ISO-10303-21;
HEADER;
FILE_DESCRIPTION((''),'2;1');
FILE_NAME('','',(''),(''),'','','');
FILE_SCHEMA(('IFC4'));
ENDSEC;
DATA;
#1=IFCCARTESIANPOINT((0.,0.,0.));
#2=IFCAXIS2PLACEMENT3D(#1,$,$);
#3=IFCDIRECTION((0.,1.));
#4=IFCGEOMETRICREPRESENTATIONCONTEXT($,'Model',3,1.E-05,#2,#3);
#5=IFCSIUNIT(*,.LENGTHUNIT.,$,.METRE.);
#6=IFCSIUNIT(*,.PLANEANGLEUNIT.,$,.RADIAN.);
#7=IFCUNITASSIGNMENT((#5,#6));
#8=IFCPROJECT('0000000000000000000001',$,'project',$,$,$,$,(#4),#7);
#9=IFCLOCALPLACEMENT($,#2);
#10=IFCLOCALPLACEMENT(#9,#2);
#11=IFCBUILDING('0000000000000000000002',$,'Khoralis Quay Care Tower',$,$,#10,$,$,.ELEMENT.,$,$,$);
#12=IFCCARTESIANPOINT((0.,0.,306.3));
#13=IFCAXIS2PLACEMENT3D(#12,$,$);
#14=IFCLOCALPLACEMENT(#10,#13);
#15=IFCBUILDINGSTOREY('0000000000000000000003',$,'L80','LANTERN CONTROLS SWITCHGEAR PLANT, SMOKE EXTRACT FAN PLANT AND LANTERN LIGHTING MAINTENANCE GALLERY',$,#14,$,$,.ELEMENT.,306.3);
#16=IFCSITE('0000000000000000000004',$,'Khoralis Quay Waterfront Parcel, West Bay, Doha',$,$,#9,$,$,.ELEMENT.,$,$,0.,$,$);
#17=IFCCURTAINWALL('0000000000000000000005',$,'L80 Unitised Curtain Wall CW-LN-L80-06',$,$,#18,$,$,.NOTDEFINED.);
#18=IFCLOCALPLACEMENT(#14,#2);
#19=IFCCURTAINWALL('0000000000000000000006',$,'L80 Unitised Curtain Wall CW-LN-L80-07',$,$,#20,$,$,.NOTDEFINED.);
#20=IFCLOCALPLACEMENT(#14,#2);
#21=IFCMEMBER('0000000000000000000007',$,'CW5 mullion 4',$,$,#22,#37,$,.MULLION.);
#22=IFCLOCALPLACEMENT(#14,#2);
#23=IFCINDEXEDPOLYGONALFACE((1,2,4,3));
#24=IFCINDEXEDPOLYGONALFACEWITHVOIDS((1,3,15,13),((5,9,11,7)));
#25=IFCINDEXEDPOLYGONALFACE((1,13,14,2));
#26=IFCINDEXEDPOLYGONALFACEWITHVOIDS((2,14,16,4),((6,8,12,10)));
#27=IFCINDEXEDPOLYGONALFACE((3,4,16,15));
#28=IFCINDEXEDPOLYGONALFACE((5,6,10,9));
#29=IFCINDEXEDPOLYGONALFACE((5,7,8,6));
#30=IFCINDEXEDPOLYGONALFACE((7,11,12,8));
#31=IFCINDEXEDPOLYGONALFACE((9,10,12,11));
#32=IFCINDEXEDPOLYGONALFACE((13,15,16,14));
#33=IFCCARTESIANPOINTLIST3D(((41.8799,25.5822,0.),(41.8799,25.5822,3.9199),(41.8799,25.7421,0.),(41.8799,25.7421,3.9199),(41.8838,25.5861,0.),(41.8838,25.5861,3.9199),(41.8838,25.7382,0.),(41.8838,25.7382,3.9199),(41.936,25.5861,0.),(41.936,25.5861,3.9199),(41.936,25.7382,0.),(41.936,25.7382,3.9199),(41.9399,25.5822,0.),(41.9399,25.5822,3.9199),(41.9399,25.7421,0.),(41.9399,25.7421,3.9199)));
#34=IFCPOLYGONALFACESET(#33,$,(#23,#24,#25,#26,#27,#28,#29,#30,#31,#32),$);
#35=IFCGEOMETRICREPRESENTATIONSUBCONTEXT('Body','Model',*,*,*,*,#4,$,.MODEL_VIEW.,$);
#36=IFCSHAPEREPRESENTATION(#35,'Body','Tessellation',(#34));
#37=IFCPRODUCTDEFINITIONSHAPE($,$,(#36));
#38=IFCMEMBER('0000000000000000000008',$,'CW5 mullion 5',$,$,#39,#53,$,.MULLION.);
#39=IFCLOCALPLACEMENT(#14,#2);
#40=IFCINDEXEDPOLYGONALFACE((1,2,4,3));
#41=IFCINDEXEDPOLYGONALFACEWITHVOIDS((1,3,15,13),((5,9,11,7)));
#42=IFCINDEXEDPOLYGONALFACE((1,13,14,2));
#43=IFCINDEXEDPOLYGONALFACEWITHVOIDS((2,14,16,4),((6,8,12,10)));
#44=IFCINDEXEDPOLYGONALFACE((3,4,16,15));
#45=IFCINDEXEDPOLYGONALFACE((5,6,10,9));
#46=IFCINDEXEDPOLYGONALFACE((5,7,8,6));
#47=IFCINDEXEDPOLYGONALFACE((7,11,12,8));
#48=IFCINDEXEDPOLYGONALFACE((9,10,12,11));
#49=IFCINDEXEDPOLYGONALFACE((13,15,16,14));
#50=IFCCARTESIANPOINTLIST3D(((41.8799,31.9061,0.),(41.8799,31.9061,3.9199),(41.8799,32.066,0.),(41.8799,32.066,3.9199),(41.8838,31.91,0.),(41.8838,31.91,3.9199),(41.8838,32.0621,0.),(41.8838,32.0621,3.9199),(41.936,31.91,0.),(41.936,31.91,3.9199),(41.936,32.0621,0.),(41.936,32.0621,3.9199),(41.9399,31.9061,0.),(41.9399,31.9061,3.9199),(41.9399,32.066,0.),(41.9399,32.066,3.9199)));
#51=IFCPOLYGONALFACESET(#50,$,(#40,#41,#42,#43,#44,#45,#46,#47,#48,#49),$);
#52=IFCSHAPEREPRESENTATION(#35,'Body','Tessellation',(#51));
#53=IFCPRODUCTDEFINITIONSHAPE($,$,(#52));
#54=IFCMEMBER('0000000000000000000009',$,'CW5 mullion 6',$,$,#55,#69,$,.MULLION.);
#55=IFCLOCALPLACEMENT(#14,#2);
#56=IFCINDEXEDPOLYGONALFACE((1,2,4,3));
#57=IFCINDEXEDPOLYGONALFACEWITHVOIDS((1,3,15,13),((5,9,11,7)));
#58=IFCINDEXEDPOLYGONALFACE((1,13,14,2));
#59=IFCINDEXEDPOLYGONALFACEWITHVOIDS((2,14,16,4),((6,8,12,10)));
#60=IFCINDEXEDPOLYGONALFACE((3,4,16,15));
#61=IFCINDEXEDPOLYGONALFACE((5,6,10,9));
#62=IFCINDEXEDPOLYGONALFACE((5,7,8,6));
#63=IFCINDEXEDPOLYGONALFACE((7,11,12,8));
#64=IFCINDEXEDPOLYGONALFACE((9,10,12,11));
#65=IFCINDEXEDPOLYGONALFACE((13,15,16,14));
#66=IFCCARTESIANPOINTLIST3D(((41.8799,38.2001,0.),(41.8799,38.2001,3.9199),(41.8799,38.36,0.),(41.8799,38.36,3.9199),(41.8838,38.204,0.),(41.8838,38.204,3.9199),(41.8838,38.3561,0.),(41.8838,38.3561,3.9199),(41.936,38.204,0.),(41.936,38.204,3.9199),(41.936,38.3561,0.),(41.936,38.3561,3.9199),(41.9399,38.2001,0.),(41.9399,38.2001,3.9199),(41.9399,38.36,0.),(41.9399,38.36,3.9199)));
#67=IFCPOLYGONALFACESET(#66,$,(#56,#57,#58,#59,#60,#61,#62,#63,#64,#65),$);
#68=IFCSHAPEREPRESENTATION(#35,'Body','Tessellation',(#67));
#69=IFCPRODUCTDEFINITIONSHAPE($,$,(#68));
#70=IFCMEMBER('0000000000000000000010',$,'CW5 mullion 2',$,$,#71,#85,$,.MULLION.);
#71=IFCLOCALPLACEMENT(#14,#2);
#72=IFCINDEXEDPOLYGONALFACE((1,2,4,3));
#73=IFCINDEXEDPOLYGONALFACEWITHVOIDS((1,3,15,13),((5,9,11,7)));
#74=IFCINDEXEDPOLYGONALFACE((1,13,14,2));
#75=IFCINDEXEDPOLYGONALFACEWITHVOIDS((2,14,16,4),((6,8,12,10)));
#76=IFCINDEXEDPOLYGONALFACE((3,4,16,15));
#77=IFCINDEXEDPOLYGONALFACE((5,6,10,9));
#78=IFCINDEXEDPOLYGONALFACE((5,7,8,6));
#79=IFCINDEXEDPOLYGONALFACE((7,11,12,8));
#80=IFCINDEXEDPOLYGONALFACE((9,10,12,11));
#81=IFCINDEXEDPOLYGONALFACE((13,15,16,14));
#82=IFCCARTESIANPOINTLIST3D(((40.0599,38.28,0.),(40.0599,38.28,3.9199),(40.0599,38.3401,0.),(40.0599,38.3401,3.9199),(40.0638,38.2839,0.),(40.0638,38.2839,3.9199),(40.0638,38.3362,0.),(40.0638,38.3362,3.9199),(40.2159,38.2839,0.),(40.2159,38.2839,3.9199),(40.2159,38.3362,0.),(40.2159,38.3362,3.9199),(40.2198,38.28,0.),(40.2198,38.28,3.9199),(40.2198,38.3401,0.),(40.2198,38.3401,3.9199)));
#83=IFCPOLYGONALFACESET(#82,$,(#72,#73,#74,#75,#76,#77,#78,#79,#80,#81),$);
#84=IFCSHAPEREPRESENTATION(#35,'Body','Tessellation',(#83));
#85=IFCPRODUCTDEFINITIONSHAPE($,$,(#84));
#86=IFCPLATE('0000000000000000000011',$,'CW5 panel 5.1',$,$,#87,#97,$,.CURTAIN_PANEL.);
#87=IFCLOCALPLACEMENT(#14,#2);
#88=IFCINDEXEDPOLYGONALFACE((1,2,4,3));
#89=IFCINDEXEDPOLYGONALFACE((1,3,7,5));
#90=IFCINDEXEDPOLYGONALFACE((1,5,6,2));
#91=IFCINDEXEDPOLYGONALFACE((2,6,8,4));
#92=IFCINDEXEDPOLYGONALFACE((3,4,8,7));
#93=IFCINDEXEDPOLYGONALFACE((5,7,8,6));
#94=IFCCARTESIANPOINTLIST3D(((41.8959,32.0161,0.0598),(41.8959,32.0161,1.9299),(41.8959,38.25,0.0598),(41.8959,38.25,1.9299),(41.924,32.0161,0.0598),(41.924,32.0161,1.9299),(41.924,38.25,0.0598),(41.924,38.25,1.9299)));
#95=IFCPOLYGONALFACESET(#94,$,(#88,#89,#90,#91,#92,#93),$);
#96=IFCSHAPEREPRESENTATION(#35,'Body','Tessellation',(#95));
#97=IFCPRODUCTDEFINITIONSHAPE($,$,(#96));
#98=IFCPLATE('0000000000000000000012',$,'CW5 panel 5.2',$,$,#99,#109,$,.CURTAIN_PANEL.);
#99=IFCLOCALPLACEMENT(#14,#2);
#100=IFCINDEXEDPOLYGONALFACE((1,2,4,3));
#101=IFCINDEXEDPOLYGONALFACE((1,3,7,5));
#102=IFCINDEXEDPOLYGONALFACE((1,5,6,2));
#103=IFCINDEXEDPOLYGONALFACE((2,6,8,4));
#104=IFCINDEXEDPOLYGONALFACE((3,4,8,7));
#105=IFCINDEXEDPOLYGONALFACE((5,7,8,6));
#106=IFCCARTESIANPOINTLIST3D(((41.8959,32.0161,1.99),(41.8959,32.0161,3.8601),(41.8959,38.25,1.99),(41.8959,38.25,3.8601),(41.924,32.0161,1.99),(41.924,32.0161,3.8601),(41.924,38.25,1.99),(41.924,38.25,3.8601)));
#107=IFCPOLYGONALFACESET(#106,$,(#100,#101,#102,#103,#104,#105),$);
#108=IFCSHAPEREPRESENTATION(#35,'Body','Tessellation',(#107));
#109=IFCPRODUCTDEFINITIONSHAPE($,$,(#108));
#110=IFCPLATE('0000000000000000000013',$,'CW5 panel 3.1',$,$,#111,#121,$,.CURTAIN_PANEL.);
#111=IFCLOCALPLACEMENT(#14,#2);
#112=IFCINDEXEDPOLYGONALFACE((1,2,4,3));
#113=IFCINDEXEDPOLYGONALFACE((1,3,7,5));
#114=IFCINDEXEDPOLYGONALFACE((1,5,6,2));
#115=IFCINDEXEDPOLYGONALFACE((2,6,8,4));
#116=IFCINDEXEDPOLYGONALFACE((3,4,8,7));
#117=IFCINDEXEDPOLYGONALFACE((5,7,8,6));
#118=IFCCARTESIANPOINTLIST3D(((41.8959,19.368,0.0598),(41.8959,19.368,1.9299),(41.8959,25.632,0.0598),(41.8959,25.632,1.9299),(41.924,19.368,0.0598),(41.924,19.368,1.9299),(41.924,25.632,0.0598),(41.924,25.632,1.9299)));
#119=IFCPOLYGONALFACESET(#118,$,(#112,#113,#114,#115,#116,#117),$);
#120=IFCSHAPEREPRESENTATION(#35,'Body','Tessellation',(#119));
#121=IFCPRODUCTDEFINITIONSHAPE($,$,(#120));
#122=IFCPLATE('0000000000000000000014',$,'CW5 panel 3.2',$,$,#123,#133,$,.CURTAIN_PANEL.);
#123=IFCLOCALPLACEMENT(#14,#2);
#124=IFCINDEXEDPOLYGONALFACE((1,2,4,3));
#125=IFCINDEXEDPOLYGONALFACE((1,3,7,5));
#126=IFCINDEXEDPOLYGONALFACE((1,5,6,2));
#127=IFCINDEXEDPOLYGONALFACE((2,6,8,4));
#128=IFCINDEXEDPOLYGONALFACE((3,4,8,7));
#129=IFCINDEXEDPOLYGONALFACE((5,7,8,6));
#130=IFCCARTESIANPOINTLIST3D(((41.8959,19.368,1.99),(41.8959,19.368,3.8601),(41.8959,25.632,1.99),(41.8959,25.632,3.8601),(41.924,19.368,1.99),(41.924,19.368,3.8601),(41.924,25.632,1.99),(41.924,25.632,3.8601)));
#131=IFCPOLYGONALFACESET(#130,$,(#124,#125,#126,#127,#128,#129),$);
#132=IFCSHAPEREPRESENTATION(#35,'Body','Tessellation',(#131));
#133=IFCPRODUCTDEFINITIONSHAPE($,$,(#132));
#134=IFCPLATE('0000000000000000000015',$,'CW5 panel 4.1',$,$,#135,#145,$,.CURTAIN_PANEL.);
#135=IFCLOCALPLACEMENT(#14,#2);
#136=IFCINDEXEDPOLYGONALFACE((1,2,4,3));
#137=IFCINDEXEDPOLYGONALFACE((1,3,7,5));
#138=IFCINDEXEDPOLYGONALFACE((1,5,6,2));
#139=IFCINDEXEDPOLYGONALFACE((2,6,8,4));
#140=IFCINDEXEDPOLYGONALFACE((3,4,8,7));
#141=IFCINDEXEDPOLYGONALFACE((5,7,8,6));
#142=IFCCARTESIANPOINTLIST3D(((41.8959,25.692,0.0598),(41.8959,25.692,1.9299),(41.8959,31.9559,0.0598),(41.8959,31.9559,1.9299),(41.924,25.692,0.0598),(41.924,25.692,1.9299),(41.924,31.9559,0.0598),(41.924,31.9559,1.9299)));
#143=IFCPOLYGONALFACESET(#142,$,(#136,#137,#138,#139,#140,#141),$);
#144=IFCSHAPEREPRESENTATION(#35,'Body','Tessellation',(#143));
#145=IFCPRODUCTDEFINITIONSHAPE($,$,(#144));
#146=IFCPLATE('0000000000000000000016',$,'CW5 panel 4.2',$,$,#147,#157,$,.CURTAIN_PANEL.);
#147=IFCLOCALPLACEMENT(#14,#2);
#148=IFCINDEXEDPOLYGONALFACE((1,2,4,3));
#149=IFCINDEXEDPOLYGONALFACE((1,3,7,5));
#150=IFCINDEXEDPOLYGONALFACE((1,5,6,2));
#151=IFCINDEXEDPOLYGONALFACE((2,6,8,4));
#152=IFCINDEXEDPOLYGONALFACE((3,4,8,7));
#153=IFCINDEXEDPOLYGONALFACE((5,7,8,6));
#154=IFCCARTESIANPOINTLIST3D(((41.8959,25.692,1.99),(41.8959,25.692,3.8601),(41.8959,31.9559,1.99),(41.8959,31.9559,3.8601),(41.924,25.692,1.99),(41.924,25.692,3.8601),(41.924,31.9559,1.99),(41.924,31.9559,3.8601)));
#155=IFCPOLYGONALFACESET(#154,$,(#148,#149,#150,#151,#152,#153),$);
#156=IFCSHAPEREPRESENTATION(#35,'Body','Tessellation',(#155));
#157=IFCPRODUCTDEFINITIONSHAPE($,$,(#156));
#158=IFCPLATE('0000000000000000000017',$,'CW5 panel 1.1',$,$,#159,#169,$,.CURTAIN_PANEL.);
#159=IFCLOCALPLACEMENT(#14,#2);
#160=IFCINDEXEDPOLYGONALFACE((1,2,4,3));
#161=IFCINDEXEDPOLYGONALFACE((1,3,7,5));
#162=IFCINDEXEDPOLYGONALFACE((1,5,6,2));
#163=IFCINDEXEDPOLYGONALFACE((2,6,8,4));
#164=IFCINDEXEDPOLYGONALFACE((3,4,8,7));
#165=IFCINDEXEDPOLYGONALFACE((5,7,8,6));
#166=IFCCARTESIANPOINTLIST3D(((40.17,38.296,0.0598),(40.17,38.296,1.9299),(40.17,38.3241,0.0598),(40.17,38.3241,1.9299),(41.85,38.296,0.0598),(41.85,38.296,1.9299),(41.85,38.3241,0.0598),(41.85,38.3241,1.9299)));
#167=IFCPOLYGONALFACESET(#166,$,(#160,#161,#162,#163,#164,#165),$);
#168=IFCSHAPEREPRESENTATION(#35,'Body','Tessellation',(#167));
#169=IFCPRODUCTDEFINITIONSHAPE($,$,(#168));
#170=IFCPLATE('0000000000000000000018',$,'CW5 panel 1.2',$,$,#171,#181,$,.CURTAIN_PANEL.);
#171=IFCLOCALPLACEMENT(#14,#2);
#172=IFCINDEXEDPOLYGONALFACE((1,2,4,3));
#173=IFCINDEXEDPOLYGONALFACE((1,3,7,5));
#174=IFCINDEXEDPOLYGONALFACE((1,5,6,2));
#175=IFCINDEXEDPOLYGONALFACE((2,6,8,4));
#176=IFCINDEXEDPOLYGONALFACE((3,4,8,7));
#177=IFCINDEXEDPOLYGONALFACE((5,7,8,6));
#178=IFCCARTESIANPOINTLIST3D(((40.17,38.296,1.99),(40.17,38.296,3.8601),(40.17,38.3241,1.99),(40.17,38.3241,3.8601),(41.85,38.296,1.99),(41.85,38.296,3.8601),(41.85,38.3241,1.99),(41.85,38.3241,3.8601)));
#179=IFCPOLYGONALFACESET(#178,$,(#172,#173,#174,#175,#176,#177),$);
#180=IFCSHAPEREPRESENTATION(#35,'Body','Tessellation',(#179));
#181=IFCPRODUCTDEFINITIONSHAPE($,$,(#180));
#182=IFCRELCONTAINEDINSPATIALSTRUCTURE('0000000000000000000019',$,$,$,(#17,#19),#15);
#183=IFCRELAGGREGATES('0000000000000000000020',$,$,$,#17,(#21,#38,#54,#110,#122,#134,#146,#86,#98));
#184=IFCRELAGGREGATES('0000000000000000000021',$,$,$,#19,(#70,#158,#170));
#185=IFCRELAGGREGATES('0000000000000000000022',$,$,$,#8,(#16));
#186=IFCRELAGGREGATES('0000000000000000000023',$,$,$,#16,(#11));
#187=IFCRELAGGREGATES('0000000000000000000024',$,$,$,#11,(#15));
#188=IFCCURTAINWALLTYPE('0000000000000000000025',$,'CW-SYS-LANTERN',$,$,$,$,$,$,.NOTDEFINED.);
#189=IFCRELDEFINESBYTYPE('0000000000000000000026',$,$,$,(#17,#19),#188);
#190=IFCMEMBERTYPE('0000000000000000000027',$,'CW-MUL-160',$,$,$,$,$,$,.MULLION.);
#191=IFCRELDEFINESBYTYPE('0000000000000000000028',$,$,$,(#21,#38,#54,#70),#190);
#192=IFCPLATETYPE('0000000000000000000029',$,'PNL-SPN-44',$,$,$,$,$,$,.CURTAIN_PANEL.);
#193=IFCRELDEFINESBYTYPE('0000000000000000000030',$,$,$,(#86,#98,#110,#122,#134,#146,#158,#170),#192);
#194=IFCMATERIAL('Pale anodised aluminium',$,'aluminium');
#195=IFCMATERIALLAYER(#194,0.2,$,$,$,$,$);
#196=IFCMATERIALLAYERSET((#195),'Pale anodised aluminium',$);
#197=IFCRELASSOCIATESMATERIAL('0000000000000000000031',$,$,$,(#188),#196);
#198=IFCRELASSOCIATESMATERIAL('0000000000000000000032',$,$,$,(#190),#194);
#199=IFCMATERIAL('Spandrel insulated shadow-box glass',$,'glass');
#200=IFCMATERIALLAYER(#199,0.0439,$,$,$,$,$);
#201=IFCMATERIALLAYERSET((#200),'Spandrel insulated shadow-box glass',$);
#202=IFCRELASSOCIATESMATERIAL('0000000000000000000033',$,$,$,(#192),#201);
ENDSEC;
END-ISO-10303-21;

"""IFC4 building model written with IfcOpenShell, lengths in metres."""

from ifc_helpers import new_model, si_unit, direction, frame, origin, origin_2d, place, context, subcontext, project, spatial, rectangle, hollow_rectangle, extrude, source, transform, mapped, material, layer, layer_set, material_profile, profile_set, type_object, element, aggregate, save


model = new_model("IFC4")

# Units and contexts
model_context = context("Model", 3, precision=1e-05, world=origin(), true_north=direction((0.0, 1.0)))
body_context = subcontext(model_context, "Body", "Model", "MODEL_VIEW")
ifc_project = project(units=[si_unit("LENGTHUNIT", "METRE"), si_unit("PLANEANGLEUNIT", "RADIAN")], contexts=[model_context])

# Site, building, storey
site_placement = place(None, origin())
site = spatial("IfcSite", under=ifc_project, at=site_placement, Name="Khoralis Quay Waterfront Parcel, West Bay, Doha", CompositionType="ELEMENT", RefElevation=0.0)
building_placement = place(site_placement, origin())
building = spatial("IfcBuilding", under=site, at=building_placement, Name="Khoralis Quay Care Tower", CompositionType="ELEMENT")
storey_placement = place(building_placement, frame((0.0, 0.0, 306.3)))
storey = spatial("IfcBuildingStorey", under=building, at=storey_placement, Name="L80", Description="LANTERN CONTROLS SWITCHGEAR PLANT, SMOKE EXTRACT FAN PLANT AND LANTERN LIGHTING MAINTENANCE GALLERY", CompositionType="ELEMENT", Elevation=306.3)

# Curtain wall
ifc_material_1 = material(Name="Pale anodised aluminium", Category="aluminium")
ifc_layer_1 = layer(ifc_material_1, 0.2)
ifc_layer_set_1 = layer_set([ifc_layer_1], Name="Pale anodised aluminium")
curtain_wall_type = type_object("IfcCurtainWallType", Name="CW-SYS-LANTERN", PredefinedType="NOTDEFINED", material=ifc_layer_set_1)
curtain_wall_1_placement = place(storey_placement, origin())
curtain_wall_1 = element("IfcCurtainWall", 1, at=curtain_wall_1_placement, inside=storey, type_object=curtain_wall_type, Name="L80 Unitised Curtain Wall CW-LN-L80-06", PredefinedType="NOTDEFINED")

# Curtain wall
curtain_wall_2_placement = place(storey_placement, origin())
curtain_wall_2 = element("IfcCurtainWall", 2, at=curtain_wall_2_placement, inside=storey, type_object=curtain_wall_type, Name="L80 Unitised Curtain Wall CW-LN-L80-07", PredefinedType="NOTDEFINED")

# Members
ifc_material_profile_1 = material_profile(ifc_material_1, hollow_rectangle(XDim=0.0601, YDim=0.1599, WallThickness=0.0039, at=origin_2d()), Name="Pale anodised aluminium")
ifc_profile_set_1 = profile_set([ifc_material_profile_1], Name="Pale anodised aluminium")
member_type_1 = type_object("IfcMemberType", Name="CW-MUL-160", PredefinedType="MULLION", material=ifc_profile_set_1)
shared_shape_1 = source(origin(), body_context, "Body", "SweptSolid", [
    extrude(hollow_rectangle(XDim=0.0601, YDim=0.1599, WallThickness=0.0039, at=origin_2d()), origin(), (0.0, 0.0, 1.0), 3.9199),
])
member_1_placement = place(storey_placement, frame((41.9099, 25.6621, 0.0), z_axis=(0.0, 0.0, 1.0), x_axis=(-1.0, 0.0, 0.0)))
member_1 = element("IfcMember", 3, at=member_1_placement, type_object=member_type_1, Name="CW5 mullion 4", PredefinedType="MULLION", context=body_context, shape_type="MappedRepresentation", body=[
    mapped(shared_shape_1, transform((0.0, 0.0, 0.0), scale=1.0)),
])
member_2_placement = place(storey_placement, frame((41.9099, 31.9861, 0.0), z_axis=(0.0, 0.0, 1.0), x_axis=(-1.0, 0.0, 0.0)))
member_2 = element("IfcMember", 4, at=member_2_placement, type_object=member_type_1, Name="CW5 mullion 5", PredefinedType="MULLION", context=body_context, shape_type="MappedRepresentation", body=[
    mapped(shared_shape_1, transform((0.0, 0.0, 0.0), scale=1.0)),
])
member_3_placement = place(storey_placement, frame((41.9099, 38.28, 0.0), z_axis=(0.0, 0.0, 1.0), x_axis=(-1.0, 0.0, 0.0)))
member_3 = element("IfcMember", 5, at=member_3_placement, type_object=member_type_1, Name="CW5 mullion 6", PredefinedType="MULLION", context=body_context, shape_type="MappedRepresentation", body=[
    mapped(shared_shape_1, transform((0.0, 0.0, 0.0), scale=1.0)),
])
member_4_placement = place(storey_placement, frame((40.1399, 38.3101, 0.0), z_axis=(0.0, 0.0, 1.0), x_axis=(0.0, -1.0, 0.0)))
member_4 = element("IfcMember", 6, at=member_4_placement, type_object=member_type_1, Name="CW5 mullion 2", PredefinedType="MULLION", context=body_context, shape_type="MappedRepresentation", body=[
    mapped(shared_shape_1, transform((0.0, 0.0, 0.0), scale=1.0)),
])

# Plates
ifc_material_2 = material(Name="Spandrel insulated shadow-box glass", Category="glass")
ifc_layer_2 = layer(ifc_material_2, 0.0439)
ifc_layer_set_2 = layer_set([ifc_layer_2], Name="Spandrel insulated shadow-box glass")
plate_type = type_object("IfcPlateType", Name="PNL-SPN-44", PredefinedType="CURTAIN_PANEL", material=ifc_layer_set_2)
shared_shape_2 = source(origin(), body_context, "Body", "SweptSolid", [
    extrude(rectangle(XDim=6.2339, YDim=0.0281, at=origin_2d()), origin(), (0.0, 0.0, 1.0), 1.8701),
])
plate_1_placement = place(storey_placement, frame((41.9099, 35.1331, 0.0598), z_axis=(0.0, 0.0, 1.0), x_axis=(0.0, 1.0, 0.0)))
plate_1 = element("IfcPlate", 7, at=plate_1_placement, type_object=plate_type, Name="CW5 panel 5.1", PredefinedType="CURTAIN_PANEL", context=body_context, shape_type="MappedRepresentation", body=[
    mapped(shared_shape_2, transform((0.0, 0.0, 0.0), scale=1.0)),
])
plate_2_placement = place(storey_placement, frame((41.9099, 35.1331, 1.99), z_axis=(0.0, 0.0, 1.0), x_axis=(0.0, 1.0, 0.0)))
plate_2 = element("IfcPlate", 8, at=plate_2_placement, type_object=plate_type, Name="CW5 panel 5.2", PredefinedType="CURTAIN_PANEL", context=body_context, shape_type="MappedRepresentation", body=[
    mapped(shared_shape_2, transform((0.0, 0.0, 0.0), scale=1.0)),
])
shared_shape_3 = source(origin(), body_context, "Body", "SweptSolid", [
    extrude(rectangle(XDim=6.2639, YDim=0.0281, at=origin_2d()), origin(), (0.0, 0.0, 1.0), 1.8701),
])
plate_3_placement = place(storey_placement, frame((41.9099, 22.5, 0.0598), z_axis=(0.0, 0.0, 1.0), x_axis=(0.0, 1.0, 0.0)))
plate_3 = element("IfcPlate", 9, at=plate_3_placement, type_object=plate_type, Name="CW5 panel 3.1", PredefinedType="CURTAIN_PANEL", context=body_context, shape_type="MappedRepresentation", body=[
    mapped(shared_shape_3, transform((0.0, 0.0, 0.0), scale=1.0)),
])
plate_4_placement = place(storey_placement, frame((41.9099, 22.5, 1.99), z_axis=(0.0, 0.0, 1.0), x_axis=(0.0, 1.0, 0.0)))
plate_4 = element("IfcPlate", 10, at=plate_4_placement, type_object=plate_type, Name="CW5 panel 3.2", PredefinedType="CURTAIN_PANEL", context=body_context, shape_type="MappedRepresentation", body=[
    mapped(shared_shape_3, transform((0.0, 0.0, 0.0), scale=1.0)),
])
plate_5_placement = place(storey_placement, frame((41.9099, 28.824, 0.0598), z_axis=(0.0, 0.0, 1.0), x_axis=(0.0, 1.0, 0.0)))
plate_5 = element("IfcPlate", 11, at=plate_5_placement, type_object=plate_type, Name="CW5 panel 4.1", PredefinedType="CURTAIN_PANEL", context=body_context, shape_type="MappedRepresentation", body=[
    mapped(shared_shape_3, transform((0.0, 0.0, 0.0), scale=1.0)),
])
plate_6_placement = place(storey_placement, frame((41.9099, 28.824, 1.99), z_axis=(0.0, 0.0, 1.0), x_axis=(0.0, 1.0, 0.0)))
plate_6 = element("IfcPlate", 12, at=plate_6_placement, type_object=plate_type, Name="CW5 panel 4.2", PredefinedType="CURTAIN_PANEL", context=body_context, shape_type="MappedRepresentation", body=[
    mapped(shared_shape_3, transform((0.0, 0.0, 0.0), scale=1.0)),
])
aggregate(curtain_wall_1, [member_1, member_2, member_3, plate_3, plate_4, plate_5, plate_6, plate_1, plate_2])
shared_shape_4 = source(origin(), body_context, "Body", "SweptSolid", [
    extrude(rectangle(XDim=1.6799, YDim=0.0281, at=origin_2d()), origin(), (0.0, 0.0, 1.0), 1.8701),
])
plate_7_placement = place(storey_placement, frame((41.01, 38.3101, 0.0598), z_axis=(0.0, 0.0, 1.0), x_axis=(-1.0, 0.0, 0.0)))
plate_7 = element("IfcPlate", 13, at=plate_7_placement, type_object=plate_type, Name="CW5 panel 1.1", PredefinedType="CURTAIN_PANEL", context=body_context, shape_type="MappedRepresentation", body=[
    mapped(shared_shape_4, transform((0.0, 0.0, 0.0), scale=1.0)),
])
plate_8_placement = place(storey_placement, frame((41.01, 38.3101, 1.99), z_axis=(0.0, 0.0, 1.0), x_axis=(-1.0, 0.0, 0.0)))
plate_8 = element("IfcPlate", 14, at=plate_8_placement, type_object=plate_type, Name="CW5 panel 1.2", PredefinedType="CURTAIN_PANEL", context=body_context, shape_type="MappedRepresentation", body=[
    mapped(shared_shape_4, transform((0.0, 0.0, 0.0), scale=1.0)),
])
aggregate(curtain_wall_2, [member_4, plate_7, plate_8])

save(model, "model.ifc")
